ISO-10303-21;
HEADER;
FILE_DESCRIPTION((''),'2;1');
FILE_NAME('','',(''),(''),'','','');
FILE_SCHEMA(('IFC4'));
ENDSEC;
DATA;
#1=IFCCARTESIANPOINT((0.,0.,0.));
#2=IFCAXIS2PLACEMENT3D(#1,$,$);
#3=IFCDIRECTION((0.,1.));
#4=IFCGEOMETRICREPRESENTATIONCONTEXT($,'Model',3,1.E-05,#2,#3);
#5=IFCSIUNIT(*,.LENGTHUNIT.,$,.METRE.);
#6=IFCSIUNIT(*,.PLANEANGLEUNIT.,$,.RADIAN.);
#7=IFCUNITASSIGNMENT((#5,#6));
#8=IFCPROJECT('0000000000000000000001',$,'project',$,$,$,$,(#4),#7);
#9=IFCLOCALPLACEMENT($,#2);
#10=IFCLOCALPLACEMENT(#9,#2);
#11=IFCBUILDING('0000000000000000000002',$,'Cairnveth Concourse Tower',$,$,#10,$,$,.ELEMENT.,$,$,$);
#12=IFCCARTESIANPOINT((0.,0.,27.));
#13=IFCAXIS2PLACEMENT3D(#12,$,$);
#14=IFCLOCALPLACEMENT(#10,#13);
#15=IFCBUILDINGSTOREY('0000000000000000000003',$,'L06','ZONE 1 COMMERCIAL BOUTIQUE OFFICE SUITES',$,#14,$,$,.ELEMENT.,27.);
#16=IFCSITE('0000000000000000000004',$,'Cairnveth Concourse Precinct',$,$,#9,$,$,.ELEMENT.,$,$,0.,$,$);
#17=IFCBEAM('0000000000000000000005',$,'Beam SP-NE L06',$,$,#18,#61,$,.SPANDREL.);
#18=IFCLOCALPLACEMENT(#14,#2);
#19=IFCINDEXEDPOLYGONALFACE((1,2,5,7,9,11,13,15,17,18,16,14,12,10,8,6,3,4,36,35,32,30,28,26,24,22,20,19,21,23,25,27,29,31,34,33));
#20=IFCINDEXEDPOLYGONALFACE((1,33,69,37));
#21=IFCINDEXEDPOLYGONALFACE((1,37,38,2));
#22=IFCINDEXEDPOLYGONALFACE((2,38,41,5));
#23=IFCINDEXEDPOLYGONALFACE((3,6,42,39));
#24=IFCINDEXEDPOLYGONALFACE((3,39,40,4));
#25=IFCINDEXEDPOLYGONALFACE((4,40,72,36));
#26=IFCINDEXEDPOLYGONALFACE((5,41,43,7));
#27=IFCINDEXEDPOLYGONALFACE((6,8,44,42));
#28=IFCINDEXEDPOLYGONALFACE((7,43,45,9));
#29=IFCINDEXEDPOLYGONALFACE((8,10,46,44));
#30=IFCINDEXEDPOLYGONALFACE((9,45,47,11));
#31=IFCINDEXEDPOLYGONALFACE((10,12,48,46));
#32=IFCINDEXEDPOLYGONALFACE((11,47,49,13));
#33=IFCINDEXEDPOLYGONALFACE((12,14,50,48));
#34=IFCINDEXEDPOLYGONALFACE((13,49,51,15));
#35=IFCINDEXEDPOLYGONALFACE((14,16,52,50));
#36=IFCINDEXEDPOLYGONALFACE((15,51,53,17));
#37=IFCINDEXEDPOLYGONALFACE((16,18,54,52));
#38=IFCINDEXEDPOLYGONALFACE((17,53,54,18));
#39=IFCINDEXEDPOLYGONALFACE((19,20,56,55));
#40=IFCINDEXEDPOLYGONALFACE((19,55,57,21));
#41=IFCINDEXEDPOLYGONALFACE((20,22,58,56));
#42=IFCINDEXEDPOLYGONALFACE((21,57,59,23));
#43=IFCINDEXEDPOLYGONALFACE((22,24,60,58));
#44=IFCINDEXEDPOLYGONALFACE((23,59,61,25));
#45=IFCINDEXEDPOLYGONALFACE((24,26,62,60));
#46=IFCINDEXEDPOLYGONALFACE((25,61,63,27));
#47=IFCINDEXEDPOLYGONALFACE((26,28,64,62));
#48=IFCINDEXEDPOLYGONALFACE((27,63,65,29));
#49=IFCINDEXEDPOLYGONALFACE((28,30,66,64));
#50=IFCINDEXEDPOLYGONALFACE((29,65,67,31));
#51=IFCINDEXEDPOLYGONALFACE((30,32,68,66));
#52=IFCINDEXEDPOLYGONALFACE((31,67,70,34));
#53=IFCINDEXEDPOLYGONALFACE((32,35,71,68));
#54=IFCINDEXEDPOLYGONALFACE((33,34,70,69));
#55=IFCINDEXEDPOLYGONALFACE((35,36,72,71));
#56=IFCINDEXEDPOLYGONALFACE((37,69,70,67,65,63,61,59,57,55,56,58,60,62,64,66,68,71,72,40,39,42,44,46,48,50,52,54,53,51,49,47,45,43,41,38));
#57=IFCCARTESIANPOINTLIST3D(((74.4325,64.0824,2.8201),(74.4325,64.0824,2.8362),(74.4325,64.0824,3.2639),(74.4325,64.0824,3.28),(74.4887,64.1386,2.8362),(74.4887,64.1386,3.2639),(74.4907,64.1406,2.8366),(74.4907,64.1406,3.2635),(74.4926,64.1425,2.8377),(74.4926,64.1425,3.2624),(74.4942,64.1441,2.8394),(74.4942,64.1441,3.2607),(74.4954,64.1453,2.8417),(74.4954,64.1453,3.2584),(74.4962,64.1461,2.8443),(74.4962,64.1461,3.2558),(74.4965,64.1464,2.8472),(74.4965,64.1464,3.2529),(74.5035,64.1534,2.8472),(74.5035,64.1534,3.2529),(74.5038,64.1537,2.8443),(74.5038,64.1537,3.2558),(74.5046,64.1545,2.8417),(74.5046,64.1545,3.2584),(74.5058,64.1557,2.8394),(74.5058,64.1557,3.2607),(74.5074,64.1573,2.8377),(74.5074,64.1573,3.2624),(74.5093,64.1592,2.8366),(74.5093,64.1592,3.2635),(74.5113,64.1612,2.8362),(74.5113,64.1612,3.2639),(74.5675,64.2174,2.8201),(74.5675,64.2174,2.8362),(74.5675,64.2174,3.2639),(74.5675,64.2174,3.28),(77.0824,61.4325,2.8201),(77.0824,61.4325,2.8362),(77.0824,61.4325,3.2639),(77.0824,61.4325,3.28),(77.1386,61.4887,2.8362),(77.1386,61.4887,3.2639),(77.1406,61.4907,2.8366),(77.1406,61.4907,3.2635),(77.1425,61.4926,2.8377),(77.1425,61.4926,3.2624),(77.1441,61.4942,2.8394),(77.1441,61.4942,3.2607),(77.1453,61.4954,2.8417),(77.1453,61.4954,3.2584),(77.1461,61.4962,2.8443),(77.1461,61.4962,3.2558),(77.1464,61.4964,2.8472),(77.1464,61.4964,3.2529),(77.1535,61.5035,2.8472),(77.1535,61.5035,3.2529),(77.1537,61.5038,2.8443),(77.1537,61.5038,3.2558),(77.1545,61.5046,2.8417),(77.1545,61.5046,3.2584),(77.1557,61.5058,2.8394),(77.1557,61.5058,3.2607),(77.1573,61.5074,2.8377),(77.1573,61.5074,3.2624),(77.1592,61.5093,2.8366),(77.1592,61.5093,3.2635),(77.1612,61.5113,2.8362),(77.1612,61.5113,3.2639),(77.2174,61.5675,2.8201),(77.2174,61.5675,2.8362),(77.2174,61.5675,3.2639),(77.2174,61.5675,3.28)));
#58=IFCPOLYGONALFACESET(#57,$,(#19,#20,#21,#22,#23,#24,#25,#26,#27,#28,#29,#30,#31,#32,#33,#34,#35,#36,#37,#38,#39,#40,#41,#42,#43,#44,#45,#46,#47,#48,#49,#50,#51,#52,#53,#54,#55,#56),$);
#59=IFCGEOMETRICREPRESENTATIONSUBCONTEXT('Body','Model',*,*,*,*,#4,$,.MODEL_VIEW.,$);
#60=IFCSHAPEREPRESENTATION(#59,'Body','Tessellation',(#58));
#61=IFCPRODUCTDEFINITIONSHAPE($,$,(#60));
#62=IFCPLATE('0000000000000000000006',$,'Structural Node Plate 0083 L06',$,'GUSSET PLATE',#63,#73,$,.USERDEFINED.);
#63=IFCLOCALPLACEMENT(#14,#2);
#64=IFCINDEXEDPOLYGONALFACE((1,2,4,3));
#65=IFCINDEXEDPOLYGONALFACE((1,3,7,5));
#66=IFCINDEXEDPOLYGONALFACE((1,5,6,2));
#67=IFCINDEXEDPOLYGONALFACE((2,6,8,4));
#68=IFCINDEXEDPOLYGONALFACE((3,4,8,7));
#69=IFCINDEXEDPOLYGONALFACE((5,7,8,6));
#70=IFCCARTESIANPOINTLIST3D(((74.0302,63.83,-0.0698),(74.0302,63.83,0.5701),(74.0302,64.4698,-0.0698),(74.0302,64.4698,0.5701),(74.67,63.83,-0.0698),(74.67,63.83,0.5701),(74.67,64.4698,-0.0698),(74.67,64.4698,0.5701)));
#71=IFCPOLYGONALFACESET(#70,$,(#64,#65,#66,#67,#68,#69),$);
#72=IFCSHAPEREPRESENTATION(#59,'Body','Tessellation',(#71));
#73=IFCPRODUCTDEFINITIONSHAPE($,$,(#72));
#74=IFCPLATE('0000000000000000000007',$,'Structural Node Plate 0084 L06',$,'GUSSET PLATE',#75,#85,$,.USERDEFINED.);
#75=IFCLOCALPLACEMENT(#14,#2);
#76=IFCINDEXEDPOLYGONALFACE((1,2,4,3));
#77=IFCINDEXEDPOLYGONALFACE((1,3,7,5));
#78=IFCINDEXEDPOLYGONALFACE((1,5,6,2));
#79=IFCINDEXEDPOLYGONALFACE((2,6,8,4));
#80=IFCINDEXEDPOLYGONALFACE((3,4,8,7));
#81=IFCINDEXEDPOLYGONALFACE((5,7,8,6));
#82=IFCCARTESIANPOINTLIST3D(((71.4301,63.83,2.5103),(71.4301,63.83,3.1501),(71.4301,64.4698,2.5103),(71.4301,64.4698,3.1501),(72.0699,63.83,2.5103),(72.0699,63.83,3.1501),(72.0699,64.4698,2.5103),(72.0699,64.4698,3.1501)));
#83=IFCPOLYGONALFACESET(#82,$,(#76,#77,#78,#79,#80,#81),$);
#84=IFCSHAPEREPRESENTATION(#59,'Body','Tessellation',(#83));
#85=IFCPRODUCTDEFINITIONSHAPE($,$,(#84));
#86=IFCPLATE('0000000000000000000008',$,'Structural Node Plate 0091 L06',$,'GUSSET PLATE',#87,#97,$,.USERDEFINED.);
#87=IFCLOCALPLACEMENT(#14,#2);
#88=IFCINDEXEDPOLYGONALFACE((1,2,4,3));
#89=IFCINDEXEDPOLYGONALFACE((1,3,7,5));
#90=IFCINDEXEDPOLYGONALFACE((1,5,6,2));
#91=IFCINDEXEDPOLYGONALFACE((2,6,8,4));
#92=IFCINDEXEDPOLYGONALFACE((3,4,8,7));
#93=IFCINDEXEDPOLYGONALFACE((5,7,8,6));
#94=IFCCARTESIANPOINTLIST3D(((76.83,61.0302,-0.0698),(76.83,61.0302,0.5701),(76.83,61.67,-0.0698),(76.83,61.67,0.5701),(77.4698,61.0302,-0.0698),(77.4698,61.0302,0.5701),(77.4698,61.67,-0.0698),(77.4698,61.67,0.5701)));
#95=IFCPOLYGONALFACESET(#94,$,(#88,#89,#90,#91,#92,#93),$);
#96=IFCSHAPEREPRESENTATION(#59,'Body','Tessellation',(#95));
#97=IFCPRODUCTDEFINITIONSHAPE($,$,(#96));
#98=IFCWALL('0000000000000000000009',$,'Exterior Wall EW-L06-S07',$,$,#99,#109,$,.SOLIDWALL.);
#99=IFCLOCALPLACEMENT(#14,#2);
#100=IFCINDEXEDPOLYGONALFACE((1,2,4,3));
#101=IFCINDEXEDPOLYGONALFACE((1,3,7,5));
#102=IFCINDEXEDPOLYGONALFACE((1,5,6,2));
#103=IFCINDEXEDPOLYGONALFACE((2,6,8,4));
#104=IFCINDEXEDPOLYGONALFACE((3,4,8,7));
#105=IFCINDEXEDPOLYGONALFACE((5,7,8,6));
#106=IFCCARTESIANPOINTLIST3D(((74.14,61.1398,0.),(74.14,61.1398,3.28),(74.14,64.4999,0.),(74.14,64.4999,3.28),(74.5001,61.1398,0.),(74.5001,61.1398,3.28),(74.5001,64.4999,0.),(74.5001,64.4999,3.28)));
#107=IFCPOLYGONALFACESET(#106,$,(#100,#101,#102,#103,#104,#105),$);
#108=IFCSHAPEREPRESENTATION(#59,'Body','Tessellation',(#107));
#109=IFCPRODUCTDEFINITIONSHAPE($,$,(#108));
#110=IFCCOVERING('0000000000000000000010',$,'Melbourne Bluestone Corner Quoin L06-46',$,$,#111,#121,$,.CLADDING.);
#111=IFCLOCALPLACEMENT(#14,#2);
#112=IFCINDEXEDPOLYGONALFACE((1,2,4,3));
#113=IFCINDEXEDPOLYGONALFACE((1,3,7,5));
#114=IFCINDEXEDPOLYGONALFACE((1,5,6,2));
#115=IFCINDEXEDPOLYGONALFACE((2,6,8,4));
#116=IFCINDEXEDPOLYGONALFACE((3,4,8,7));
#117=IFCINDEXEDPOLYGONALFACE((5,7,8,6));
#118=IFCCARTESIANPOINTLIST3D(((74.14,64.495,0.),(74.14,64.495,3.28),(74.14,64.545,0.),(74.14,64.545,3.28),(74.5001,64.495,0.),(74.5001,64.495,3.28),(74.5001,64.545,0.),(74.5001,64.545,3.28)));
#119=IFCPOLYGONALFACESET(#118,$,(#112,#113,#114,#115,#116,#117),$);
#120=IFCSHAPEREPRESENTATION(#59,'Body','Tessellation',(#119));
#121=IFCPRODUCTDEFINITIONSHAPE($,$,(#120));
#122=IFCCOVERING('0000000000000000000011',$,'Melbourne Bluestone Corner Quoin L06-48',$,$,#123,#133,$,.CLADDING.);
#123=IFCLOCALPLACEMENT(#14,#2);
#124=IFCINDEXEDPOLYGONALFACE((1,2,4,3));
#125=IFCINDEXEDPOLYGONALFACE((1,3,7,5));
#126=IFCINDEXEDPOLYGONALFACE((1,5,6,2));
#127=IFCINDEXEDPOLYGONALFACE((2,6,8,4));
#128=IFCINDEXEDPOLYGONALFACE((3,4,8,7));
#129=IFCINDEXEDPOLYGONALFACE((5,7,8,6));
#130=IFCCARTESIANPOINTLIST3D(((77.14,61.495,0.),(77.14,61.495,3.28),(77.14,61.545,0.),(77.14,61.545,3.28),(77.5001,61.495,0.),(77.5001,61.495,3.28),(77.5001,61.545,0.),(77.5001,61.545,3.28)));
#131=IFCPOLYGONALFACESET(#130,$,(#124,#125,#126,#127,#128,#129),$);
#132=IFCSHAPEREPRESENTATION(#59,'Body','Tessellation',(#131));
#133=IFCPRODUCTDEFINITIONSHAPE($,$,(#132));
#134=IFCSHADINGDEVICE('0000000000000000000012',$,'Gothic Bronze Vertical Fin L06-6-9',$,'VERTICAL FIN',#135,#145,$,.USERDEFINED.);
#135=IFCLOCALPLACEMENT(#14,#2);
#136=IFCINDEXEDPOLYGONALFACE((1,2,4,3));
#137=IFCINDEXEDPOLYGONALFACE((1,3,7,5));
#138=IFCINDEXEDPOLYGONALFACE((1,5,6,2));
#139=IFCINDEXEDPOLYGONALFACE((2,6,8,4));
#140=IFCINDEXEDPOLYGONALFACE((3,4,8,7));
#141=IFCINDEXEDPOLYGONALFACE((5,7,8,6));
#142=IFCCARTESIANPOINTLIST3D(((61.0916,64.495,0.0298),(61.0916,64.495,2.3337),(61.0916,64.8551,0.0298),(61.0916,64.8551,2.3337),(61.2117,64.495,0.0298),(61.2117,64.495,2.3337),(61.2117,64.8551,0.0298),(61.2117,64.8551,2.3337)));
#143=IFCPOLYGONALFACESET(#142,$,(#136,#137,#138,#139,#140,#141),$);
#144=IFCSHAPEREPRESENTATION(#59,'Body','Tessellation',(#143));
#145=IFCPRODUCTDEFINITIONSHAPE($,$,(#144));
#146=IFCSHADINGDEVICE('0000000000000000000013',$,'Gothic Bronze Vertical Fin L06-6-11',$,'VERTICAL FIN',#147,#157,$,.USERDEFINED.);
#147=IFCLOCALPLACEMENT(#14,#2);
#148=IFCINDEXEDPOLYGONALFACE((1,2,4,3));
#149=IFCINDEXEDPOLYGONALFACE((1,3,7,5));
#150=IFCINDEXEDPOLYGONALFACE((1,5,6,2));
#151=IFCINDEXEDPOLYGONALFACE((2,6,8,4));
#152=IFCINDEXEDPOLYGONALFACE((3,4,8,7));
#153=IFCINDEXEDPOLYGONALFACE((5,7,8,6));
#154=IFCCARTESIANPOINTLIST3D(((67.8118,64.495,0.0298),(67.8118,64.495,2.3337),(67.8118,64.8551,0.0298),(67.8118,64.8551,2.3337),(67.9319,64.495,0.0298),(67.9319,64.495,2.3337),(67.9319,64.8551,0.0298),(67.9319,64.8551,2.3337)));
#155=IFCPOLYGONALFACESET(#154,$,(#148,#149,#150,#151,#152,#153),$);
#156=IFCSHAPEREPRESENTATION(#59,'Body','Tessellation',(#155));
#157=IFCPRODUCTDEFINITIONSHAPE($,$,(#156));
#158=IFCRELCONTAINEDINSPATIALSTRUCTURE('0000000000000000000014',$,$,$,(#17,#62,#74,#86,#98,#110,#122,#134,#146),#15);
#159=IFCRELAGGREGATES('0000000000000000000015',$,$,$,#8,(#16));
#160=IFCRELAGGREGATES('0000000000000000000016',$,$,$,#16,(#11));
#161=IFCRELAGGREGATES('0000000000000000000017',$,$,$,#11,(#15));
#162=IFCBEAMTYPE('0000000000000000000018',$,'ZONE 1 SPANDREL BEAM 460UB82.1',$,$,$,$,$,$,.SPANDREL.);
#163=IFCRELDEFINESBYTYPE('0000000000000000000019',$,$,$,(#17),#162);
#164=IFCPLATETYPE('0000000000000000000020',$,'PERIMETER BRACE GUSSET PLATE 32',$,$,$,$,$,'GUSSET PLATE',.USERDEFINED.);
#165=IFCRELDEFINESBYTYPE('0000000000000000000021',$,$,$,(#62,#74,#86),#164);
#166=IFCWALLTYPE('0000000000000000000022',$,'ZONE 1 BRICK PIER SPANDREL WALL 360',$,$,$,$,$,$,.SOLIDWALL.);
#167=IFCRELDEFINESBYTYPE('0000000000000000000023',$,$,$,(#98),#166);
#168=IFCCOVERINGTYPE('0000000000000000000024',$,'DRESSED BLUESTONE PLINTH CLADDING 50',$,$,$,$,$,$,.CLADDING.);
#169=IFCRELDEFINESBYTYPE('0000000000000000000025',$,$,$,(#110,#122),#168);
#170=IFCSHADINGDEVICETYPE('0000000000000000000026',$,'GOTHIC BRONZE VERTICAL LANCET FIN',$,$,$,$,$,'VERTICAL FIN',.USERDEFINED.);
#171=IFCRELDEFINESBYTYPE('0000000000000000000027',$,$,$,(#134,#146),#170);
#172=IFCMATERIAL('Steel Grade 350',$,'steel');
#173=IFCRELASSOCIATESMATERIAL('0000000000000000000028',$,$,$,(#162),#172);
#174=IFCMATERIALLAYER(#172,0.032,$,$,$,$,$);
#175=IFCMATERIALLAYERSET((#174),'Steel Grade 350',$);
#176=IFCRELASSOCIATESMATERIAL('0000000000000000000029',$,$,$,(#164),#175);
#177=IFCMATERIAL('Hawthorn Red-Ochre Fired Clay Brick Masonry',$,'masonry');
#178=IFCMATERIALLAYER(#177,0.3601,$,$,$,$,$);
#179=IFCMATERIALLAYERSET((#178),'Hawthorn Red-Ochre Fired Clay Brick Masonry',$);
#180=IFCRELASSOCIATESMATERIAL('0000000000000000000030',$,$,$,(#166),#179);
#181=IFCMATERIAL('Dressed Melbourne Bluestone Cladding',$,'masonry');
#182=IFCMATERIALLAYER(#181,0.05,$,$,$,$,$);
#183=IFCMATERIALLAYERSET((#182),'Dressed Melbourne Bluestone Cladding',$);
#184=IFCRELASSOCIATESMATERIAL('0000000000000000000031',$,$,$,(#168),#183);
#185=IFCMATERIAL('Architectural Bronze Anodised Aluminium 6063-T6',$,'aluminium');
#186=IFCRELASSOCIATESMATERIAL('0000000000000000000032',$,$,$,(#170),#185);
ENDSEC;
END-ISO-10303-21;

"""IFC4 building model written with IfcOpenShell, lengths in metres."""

from ifc_helpers import new_model, si_unit, direction, frame, frame_2d, origin, origin_2d, place, context, subcontext, project, spatial, rectangle, i_section, extrude, material, layer, layer_set, material_profile, profile_set, type_object, element, save


model = new_model("IFC4")

# Units and contexts
model_context = context("Model", 3, precision=1e-05, world=origin(), true_north=direction((0.0, 1.0)))
body_context = subcontext(model_context, "Body", "Model", "MODEL_VIEW")
ifc_project = project(units=[si_unit("LENGTHUNIT", "METRE"), si_unit("PLANEANGLEUNIT", "RADIAN")], contexts=[model_context])

# Site, building, storey
site_placement = place(None, origin())
site = spatial("IfcSite", under=ifc_project, at=site_placement, Name="Cairnveth Concourse Precinct", CompositionType="ELEMENT", RefElevation=0.0)
building_placement = place(site_placement, origin())
building = spatial("IfcBuilding", under=site, at=building_placement, Name="Cairnveth Concourse Tower", CompositionType="ELEMENT")
storey_placement = place(building_placement, frame((0.0, 0.0, 27.0)))
storey = spatial("IfcBuildingStorey", under=building, at=storey_placement, Name="L06", Description="ZONE 1 COMMERCIAL BOUTIQUE OFFICE SUITES", CompositionType="ELEMENT", Elevation=27.0)

# Shared definitions
ifc_material_1 = material(Name="Steel Grade 350", Category="steel")

# Beam
ifc_material_profile_1 = material_profile(ifc_material_1, i_section(OverallWidth=0.1909, OverallDepth=0.46, WebThickness=0.01, FlangeThickness=0.0161, FilletRadius=0.011, at=origin_2d()), Name="460UB82.1")
ifc_profile_set_1 = profile_set([ifc_material_profile_1], Name="Steel Grade 350")
beam_type_1 = type_object("IfcBeamType", Name="ZONE 1 SPANDREL BEAM 460UB82.1", PredefinedType="SPANDREL", material=ifc_profile_set_1)
beam_1_placement = place(storey_placement, frame((74.5, 64.1499, 3.05), z_axis=(0.707107, -0.707107, 0.0), x_axis=(0.707107, 0.707107, 0.0)))
element("IfcBeam", 1, at=beam_1_placement, inside=storey, type_object=beam_type_1, Name="Beam SP-NE L06", PredefinedType="SPANDREL", context=body_context, shape_type="SweptSolid", body=[
    extrude(i_section(OverallWidth=0.1909, OverallDepth=0.46, WebThickness=0.01, FlangeThickness=0.0161, FilletRadius=0.011, at=origin_2d()), origin(), (0.0, 0.0, 1.0), 3.7476),
])

# Plates
ifc_layer_1 = layer(ifc_material_1, 0.032)
ifc_layer_set_1 = layer_set([ifc_layer_1], Name="Steel Grade 350")
plate_type = type_object("IfcPlateType", Name="PERIMETER BRACE GUSSET PLATE 32", ElementType="GUSSET PLATE", PredefinedType="USERDEFINED", material=ifc_layer_set_1)
for number, where, z_axis, x_axis, name in (
    (2, (74.3501, 64.1499, -0.0698), (0.0, 0.0, 1.0), (1.0, 0.0, 0.0), "Structural Node Plate 0083 L06"),
    (3, (71.75, 64.1499, 2.5103), (0.0, 0.0, 1.0), (1.0, 0.0, 0.0), "Structural Node Plate 0084 L06"),
    (4, (77.1499, 61.3501, -0.0698), (0.0, 0.0, 1.0), (1.0, 0.0, 0.0), "Structural Node Plate 0091 L06"),
):
    element("IfcPlate", number, at=place(storey_placement, frame(where, z_axis=z_axis, x_axis=x_axis)), inside=storey, type_object=plate_type, Name=name, ObjectType="GUSSET PLATE", PredefinedType="USERDEFINED", context=body_context, shape_type="SweptSolid", body=[
        extrude(rectangle(XDim=0.6399, YDim=0.6399, at=origin_2d()), origin(), (0.0, 0.0, 1.0), 0.6399),
    ])

# Wall
ifc_material_2 = material(Name="Hawthorn Red-Ochre Fired Clay Brick Masonry", Category="masonry")
ifc_layer_2 = layer(ifc_material_2, 0.3601)
ifc_layer_set_2 = layer_set([ifc_layer_2], Name="Hawthorn Red-Ochre Fired Clay Brick Masonry")
wall_type = type_object("IfcWallType", Name="ZONE 1 BRICK PIER SPANDREL WALL 360", PredefinedType="SOLIDWALL", material=ifc_layer_set_2)
wall_1_placement = place(storey_placement, frame((74.3201, 64.5, 0.0), z_axis=(0.0, 0.0, 1.0), x_axis=(0.0, -1.0, 0.0)))
element("IfcWall", 5, at=wall_1_placement, inside=storey, type_object=wall_type, Name="Exterior Wall EW-L06-S07", PredefinedType="SOLIDWALL", context=body_context, shape_type="SweptSolid", body=[
    extrude(rectangle(XDim=3.3601, YDim=0.3601, at=frame_2d((1.6802, 0.0))), origin(), (0.0, 0.0, 1.0), 3.28),
])

# Coverings
ifc_material_3 = material(Name="Dressed Melbourne Bluestone Cladding", Category="masonry")
ifc_layer_3 = layer(ifc_material_3, 0.05)
ifc_layer_set_3 = layer_set([ifc_layer_3], Name="Dressed Melbourne Bluestone Cladding")
covering_type = type_object("IfcCoveringType", Name="DRESSED BLUESTONE PLINTH CLADDING 50", PredefinedType="CLADDING", material=ifc_layer_set_3)
for number, where, z_axis, x_axis, name in (
    (6, (74.1399, 64.52, 0.0), (0.0, 0.0, 1.0), (1.0, 0.0, 0.0), "Melbourne Bluestone Corner Quoin L06-46"),
    (7, (77.1399, 61.52, 0.0), (0.0, 0.0, 1.0), (1.0, 0.0, 0.0), "Melbourne Bluestone Corner Quoin L06-48"),
):
    element("IfcCovering", number, at=place(storey_placement, frame(where, z_axis=z_axis, x_axis=x_axis)), inside=storey, type_object=covering_type, Name=name, PredefinedType="CLADDING", context=body_context, shape_type="SweptSolid", body=[
        extrude(rectangle(XDim=0.3601, YDim=0.05, at=frame_2d((0.1802, 0.0))), origin(), (0.0, 0.0, 1.0), 3.28),
    ])

# Shading devices
ifc_material_4 = material(Name="Architectural Bronze Anodised Aluminium 6063-T6", Category="aluminium")
shading_device_type = type_object("IfcShadingDeviceType", Name="GOTHIC BRONZE VERTICAL LANCET FIN", ElementType="VERTICAL FIN", PredefinedType="USERDEFINED", material=ifc_material_4)
for number, where, z_axis, x_axis, name in (
    (8, (61.1516, 64.675, 0.0298), (0.0, 0.0, 1.0), (1.0, 0.0, 0.0), "Gothic Bronze Vertical Fin L06-6-9"),
    (9, (67.8718, 64.675, 0.0298), (0.0, 0.0, 1.0), (1.0, 0.0, 0.0), "Gothic Bronze Vertical Fin L06-6-11"),
):
    element("IfcShadingDevice", number, at=place(storey_placement, frame(where, z_axis=z_axis, x_axis=x_axis)), inside=storey, type_object=shading_device_type, Name=name, ObjectType="VERTICAL FIN", PredefinedType="USERDEFINED", context=body_context, shape_type="SweptSolid", body=[
        extrude(rectangle(XDim=0.1201, YDim=0.3601, at=origin_2d()), origin(), (0.0, 0.0, 1.0), 2.304),
    ])

save(model, "model.ifc")
